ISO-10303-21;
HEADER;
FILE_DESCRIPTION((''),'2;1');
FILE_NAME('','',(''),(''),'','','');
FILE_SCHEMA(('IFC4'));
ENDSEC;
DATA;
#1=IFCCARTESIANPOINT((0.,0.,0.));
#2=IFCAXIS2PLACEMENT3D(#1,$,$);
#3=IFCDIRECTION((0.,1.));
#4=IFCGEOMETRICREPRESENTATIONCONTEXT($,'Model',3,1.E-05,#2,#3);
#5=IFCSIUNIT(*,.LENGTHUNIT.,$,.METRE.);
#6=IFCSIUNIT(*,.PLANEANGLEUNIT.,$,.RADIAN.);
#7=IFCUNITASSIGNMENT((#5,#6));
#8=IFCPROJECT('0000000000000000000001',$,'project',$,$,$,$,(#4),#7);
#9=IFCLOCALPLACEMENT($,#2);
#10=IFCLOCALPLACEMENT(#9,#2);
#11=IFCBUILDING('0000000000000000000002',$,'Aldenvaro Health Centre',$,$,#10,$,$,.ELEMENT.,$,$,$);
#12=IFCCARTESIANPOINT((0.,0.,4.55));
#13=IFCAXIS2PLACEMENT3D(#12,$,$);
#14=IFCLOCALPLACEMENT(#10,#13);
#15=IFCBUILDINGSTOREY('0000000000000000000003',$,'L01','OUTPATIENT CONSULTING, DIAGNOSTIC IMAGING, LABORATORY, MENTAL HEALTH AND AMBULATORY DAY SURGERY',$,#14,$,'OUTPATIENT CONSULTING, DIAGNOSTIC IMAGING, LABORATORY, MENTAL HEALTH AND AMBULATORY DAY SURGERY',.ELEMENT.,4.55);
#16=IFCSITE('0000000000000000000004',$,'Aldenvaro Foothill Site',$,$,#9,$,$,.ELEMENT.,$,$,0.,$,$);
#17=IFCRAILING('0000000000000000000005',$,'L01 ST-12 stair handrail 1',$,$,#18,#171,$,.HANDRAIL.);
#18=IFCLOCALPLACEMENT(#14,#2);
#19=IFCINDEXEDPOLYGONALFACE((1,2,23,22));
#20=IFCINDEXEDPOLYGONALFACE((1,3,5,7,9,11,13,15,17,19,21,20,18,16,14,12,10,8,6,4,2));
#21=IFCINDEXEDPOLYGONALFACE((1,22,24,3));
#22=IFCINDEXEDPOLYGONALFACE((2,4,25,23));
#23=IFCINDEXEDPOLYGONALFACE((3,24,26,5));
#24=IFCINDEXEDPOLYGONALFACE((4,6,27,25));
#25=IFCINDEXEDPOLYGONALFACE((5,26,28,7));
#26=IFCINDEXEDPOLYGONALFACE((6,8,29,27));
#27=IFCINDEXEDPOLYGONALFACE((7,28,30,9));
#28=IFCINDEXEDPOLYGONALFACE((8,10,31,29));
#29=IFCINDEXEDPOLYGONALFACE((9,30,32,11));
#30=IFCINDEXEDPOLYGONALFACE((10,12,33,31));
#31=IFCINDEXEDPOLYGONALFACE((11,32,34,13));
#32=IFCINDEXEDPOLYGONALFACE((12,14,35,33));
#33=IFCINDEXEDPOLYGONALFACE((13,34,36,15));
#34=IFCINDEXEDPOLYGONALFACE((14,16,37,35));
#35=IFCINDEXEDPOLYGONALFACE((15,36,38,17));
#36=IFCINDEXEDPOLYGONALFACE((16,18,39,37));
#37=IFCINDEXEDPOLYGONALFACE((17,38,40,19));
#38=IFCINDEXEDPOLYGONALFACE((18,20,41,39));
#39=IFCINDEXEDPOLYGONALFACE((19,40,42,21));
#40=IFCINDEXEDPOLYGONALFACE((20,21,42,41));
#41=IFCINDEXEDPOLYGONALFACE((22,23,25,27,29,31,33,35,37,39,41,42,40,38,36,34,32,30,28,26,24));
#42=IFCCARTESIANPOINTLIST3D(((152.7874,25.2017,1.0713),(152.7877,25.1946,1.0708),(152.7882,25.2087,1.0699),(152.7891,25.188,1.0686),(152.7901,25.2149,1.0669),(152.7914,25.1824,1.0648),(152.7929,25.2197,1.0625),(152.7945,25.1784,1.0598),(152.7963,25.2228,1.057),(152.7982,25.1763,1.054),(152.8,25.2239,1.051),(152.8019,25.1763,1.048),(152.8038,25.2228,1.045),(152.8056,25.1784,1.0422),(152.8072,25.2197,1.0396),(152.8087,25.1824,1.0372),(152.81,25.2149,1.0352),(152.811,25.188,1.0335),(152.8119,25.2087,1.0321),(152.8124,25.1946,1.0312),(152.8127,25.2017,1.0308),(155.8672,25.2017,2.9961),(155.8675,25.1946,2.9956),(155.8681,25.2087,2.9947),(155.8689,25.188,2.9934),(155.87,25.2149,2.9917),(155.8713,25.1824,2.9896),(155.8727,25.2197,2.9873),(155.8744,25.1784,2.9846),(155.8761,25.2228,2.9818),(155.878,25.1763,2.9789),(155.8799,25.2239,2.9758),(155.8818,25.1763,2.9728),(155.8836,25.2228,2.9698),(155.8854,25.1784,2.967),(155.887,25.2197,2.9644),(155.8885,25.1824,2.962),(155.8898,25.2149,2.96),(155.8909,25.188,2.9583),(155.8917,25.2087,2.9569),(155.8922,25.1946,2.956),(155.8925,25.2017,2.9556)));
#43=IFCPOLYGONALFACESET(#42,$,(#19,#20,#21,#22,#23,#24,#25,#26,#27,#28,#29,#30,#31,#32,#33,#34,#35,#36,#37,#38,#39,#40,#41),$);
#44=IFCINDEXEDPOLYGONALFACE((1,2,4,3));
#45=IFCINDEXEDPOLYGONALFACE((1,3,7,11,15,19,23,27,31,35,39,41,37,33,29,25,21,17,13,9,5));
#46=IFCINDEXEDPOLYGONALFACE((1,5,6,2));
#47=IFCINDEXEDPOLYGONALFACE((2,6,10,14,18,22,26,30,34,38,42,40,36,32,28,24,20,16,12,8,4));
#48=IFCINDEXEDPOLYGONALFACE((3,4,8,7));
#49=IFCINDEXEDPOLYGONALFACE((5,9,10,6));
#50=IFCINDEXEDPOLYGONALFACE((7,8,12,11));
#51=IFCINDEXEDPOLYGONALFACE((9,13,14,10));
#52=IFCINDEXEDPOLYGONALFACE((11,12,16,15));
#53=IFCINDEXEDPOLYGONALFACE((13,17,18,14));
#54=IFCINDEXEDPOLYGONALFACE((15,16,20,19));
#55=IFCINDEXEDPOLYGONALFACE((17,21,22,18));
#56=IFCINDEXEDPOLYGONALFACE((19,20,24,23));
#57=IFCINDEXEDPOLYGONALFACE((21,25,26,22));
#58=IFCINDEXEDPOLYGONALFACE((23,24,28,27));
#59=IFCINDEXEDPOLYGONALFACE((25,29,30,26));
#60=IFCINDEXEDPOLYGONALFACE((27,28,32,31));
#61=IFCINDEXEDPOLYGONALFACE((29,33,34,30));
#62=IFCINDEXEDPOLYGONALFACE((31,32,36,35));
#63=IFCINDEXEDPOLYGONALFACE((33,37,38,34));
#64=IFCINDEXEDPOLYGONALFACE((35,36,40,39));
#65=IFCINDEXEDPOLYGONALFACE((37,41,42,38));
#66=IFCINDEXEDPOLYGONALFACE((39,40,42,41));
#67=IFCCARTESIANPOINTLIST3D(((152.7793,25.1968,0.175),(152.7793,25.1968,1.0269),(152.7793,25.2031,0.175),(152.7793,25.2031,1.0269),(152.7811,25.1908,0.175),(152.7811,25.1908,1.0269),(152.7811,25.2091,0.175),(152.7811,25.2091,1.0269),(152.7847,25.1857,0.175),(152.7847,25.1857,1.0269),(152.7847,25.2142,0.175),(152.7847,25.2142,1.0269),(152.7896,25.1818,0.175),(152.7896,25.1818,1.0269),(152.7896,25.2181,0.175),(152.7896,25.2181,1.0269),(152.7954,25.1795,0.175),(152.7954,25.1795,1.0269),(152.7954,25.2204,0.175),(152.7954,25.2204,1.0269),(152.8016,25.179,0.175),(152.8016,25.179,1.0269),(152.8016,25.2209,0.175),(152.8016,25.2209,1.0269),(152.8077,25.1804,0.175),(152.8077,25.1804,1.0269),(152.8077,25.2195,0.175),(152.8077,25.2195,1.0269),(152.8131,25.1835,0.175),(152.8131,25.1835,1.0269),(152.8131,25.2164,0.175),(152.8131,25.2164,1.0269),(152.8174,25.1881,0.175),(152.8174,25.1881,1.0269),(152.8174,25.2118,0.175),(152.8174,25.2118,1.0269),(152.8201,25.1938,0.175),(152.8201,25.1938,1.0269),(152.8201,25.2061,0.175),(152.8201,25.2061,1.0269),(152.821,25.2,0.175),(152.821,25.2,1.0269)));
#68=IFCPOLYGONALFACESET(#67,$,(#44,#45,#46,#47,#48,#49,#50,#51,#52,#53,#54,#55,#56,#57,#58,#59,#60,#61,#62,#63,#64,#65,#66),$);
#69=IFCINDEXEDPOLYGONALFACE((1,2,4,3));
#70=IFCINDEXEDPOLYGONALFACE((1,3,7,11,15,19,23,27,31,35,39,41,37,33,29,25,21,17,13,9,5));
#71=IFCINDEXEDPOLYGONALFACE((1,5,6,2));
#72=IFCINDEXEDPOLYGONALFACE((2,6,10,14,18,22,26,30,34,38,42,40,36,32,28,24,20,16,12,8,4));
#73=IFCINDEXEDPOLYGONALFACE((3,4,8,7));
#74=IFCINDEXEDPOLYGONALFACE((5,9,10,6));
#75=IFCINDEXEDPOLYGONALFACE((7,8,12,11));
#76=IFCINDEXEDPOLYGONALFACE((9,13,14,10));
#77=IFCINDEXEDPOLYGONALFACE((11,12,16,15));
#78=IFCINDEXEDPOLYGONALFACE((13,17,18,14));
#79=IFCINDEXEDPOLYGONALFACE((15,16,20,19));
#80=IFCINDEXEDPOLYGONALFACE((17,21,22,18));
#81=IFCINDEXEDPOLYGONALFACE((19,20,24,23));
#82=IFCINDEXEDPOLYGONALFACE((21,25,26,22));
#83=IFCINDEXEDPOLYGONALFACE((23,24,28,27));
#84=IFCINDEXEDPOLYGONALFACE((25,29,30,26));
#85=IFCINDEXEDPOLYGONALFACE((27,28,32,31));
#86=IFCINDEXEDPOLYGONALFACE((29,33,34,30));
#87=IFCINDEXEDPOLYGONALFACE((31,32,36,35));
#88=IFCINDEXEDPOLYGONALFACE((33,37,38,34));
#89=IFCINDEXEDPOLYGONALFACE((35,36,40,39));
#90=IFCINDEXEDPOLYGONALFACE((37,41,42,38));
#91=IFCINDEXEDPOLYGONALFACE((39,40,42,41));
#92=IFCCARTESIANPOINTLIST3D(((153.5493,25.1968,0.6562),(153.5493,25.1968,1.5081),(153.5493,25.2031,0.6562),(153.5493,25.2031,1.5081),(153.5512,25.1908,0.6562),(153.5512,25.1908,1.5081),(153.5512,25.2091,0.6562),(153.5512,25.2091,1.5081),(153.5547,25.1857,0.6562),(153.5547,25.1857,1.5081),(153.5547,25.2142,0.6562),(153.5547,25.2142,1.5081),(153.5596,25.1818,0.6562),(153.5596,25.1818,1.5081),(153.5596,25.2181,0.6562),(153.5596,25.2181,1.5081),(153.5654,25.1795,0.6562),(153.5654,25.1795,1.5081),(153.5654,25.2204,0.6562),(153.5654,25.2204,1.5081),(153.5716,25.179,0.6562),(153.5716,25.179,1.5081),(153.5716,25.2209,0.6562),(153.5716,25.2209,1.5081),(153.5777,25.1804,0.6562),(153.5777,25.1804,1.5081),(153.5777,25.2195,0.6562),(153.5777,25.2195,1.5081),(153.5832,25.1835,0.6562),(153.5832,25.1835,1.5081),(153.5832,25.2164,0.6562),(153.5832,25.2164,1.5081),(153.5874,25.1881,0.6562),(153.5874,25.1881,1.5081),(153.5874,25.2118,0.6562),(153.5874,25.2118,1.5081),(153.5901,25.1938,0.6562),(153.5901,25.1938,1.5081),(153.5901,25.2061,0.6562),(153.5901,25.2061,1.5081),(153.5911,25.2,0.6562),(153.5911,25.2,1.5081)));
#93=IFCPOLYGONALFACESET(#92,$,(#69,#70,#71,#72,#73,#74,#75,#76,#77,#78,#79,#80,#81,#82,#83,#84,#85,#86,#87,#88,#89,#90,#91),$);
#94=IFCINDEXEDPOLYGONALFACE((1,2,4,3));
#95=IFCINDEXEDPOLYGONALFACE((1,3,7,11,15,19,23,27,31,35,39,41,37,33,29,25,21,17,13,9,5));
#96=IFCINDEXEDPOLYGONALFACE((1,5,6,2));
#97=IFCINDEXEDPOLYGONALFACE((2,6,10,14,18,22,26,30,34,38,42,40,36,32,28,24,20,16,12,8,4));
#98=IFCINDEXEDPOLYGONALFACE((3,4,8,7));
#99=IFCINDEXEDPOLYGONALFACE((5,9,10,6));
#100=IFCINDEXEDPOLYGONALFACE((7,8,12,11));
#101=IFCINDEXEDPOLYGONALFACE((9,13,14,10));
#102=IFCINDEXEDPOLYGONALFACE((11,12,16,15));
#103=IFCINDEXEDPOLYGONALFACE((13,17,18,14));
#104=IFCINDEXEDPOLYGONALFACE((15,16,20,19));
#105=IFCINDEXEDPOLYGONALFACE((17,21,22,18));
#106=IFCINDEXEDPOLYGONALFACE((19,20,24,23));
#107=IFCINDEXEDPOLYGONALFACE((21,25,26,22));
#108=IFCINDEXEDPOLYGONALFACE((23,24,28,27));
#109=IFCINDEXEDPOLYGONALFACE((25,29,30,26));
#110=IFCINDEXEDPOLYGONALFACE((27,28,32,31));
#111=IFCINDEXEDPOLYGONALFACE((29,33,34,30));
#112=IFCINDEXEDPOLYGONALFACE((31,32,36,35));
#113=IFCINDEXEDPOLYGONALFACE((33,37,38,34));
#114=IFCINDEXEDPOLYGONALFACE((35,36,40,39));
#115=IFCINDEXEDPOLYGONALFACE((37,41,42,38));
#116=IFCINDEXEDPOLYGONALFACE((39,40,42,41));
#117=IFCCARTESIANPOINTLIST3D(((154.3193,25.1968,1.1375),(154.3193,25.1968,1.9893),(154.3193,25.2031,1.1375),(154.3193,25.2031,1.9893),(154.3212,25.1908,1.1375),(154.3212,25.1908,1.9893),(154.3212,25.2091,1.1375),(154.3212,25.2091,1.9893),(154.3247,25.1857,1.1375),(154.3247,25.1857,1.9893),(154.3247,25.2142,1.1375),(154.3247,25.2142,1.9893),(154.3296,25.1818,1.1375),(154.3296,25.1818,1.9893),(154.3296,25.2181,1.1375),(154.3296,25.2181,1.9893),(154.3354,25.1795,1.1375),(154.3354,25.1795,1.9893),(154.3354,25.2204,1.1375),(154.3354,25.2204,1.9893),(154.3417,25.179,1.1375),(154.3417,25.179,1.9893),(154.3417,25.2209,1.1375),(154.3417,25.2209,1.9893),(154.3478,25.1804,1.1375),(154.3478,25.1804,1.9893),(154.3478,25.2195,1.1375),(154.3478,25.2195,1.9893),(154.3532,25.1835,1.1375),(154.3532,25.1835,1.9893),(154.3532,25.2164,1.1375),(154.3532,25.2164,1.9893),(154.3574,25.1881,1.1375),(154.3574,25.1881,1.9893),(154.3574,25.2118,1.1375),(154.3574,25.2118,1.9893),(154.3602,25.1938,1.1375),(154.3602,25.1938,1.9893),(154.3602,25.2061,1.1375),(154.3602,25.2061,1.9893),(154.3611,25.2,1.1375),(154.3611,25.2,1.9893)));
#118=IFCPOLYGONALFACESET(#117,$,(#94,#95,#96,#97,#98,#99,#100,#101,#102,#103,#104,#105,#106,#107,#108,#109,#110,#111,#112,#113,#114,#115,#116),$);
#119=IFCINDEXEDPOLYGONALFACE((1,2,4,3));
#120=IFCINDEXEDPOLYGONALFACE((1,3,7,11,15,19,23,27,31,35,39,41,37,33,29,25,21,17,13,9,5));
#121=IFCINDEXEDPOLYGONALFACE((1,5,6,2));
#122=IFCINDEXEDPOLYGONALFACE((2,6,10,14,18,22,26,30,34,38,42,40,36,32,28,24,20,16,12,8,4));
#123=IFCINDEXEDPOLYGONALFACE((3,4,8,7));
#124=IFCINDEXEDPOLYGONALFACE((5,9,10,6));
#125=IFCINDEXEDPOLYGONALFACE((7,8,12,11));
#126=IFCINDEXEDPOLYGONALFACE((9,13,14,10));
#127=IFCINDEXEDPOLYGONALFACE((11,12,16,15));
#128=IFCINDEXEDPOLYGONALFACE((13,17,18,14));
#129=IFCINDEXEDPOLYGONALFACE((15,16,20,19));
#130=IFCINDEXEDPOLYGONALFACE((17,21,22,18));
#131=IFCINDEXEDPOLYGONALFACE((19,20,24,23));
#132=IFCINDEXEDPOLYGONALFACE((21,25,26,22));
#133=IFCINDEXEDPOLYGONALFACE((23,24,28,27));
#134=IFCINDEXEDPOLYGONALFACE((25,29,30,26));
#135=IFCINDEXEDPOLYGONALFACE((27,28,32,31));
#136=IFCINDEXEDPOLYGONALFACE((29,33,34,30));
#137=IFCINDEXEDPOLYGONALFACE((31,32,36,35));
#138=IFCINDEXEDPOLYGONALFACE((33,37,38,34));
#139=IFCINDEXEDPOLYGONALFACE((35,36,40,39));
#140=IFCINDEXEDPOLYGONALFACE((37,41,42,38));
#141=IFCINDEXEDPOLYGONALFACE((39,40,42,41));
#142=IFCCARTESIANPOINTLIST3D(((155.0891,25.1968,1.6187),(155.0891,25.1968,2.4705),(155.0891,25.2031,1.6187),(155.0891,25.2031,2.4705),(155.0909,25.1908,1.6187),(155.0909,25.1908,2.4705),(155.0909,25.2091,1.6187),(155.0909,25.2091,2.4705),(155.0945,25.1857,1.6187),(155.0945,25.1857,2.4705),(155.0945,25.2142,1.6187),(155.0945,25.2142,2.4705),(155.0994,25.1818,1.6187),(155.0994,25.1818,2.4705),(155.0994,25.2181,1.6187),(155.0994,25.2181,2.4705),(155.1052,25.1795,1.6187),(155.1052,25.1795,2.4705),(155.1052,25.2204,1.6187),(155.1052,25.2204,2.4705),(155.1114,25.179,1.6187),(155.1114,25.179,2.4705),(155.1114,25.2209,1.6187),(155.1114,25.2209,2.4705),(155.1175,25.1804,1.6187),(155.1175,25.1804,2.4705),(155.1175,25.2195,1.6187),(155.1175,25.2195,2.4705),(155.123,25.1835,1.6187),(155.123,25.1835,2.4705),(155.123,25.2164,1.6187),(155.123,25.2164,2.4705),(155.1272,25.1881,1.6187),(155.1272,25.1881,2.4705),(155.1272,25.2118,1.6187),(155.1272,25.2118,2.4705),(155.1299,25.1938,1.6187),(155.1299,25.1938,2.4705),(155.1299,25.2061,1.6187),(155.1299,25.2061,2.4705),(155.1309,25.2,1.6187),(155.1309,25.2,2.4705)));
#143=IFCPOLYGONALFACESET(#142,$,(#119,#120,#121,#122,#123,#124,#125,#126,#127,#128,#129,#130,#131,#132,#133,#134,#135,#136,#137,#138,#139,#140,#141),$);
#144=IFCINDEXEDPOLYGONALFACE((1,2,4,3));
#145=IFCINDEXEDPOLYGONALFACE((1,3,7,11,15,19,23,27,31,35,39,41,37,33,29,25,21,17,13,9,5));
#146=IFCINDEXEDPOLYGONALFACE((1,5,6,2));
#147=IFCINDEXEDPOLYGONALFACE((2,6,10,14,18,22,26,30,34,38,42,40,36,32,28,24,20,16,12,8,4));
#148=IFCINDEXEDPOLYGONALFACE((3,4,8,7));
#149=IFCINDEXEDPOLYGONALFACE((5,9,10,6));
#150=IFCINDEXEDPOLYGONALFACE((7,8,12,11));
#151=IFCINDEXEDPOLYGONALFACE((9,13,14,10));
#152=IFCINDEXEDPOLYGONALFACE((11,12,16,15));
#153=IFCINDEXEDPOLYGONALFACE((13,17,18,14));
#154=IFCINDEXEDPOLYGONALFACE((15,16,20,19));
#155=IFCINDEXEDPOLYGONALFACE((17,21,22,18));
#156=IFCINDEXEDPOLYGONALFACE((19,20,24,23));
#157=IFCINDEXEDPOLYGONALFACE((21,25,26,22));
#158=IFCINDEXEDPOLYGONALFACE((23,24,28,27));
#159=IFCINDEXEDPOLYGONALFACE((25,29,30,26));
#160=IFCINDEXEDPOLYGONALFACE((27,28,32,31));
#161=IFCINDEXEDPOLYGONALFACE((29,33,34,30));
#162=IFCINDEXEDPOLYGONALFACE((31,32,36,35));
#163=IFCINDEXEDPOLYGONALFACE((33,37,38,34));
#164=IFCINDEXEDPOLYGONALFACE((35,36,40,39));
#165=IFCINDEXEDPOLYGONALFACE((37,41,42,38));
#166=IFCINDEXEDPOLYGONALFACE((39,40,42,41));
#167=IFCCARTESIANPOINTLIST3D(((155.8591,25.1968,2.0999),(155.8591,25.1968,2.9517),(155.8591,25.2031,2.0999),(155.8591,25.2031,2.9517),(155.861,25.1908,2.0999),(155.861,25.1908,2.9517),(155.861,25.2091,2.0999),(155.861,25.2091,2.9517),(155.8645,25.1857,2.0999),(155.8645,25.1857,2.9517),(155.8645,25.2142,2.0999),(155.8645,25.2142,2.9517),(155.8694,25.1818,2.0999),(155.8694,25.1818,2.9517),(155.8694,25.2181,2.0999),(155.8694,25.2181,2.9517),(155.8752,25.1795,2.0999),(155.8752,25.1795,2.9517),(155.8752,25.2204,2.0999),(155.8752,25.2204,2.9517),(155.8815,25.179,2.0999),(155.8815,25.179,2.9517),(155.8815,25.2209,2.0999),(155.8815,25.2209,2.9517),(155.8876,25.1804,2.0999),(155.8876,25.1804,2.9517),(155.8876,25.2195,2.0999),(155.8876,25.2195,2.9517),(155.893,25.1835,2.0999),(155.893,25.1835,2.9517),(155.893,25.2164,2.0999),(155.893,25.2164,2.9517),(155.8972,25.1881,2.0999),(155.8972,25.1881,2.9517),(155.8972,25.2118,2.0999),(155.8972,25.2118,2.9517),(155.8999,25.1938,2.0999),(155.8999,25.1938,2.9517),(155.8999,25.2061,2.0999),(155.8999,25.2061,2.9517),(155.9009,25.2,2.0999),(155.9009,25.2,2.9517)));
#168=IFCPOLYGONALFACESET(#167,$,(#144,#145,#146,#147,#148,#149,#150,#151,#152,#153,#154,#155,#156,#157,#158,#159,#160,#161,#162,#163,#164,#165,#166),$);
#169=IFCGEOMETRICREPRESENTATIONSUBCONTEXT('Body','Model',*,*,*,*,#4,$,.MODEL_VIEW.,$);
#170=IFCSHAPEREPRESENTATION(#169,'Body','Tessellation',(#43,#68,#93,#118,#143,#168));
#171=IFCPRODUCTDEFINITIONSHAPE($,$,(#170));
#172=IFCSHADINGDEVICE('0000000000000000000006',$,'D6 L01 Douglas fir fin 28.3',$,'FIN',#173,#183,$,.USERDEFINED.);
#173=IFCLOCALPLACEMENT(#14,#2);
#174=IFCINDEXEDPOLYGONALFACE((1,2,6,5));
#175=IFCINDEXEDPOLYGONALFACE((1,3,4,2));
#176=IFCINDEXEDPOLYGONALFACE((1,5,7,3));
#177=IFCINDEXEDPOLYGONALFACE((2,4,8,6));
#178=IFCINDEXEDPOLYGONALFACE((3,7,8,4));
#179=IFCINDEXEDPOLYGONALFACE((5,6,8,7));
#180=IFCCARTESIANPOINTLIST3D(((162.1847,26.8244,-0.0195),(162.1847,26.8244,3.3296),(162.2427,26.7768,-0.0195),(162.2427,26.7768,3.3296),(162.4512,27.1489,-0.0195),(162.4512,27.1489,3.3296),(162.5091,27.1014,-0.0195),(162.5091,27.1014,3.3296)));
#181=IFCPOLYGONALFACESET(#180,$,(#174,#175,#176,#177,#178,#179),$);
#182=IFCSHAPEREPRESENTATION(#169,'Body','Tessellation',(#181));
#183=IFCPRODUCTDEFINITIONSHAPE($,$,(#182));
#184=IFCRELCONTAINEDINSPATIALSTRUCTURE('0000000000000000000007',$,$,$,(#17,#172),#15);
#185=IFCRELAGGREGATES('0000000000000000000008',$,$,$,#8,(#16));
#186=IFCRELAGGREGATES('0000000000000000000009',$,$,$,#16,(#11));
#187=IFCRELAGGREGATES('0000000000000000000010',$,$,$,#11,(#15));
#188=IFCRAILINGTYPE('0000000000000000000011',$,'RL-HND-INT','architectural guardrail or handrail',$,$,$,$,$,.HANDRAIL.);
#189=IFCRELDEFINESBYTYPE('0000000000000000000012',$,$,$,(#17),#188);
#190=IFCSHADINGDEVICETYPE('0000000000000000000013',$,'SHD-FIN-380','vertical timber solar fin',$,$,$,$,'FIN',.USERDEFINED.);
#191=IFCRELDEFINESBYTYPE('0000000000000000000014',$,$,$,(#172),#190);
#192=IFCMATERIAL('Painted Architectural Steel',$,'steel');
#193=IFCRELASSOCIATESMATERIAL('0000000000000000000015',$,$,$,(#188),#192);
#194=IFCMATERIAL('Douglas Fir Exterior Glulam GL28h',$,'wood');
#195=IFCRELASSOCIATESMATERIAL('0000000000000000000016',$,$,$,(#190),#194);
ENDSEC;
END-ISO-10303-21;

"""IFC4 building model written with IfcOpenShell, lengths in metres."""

from ifc_helpers import new_model, si_unit, direction, frame, origin, origin_2d, place, context, subcontext, project, spatial, rectangle, circle, extrude, material, type_object, element, save


model = new_model("IFC4")

# Units and contexts
model_context = context("Model", 3, precision=1e-05, world=origin(), true_north=direction((0.0, 1.0)))
body_context = subcontext(model_context, "Body", "Model", "MODEL_VIEW")
ifc_project = project(units=[si_unit("LENGTHUNIT", "METRE"), si_unit("PLANEANGLEUNIT", "RADIAN")], contexts=[model_context])

# Site, building, storey
site_placement = place(None, origin())
site = spatial("IfcSite", under=ifc_project, at=site_placement, Name="Aldenvaro Foothill Site", CompositionType="ELEMENT", RefElevation=0.0)
building_placement = place(site_placement, origin())
building = spatial("IfcBuilding", under=site, at=building_placement, Name="Aldenvaro Health Centre", CompositionType="ELEMENT")
storey_placement = place(building_placement, frame((0.0, 0.0, 4.55)))
storey = spatial("IfcBuildingStorey", under=building, at=storey_placement, Name="L01", Description="OUTPATIENT CONSULTING, DIAGNOSTIC IMAGING, LABORATORY, MENTAL HEALTH AND AMBULATORY DAY SURGERY", LongName="OUTPATIENT CONSULTING, DIAGNOSTIC IMAGING, LABORATORY, MENTAL HEALTH AND AMBULATORY DAY SURGERY", CompositionType="ELEMENT", Elevation=4.55)

# Railing
ifc_material_1 = material(Name="Painted Architectural Steel", Category="steel")
railing_type_1 = type_object("IfcRailingType", Name="RL-HND-INT", Description="architectural guardrail or handrail", PredefinedType="HANDRAIL", material=ifc_material_1)
railing_1_placement = place(storey_placement, frame((152.8, 25.2, 0.175)))
element("IfcRailing", 1, at=railing_1_placement, inside=storey, type_object=railing_type_1, Name="L01 ST-12 stair handrail 1", PredefinedType="HANDRAIL", context=body_context, shape_type="SweptSolid", body=[
    extrude(circle(Radius=0.0239, at=origin_2d()), frame((0.0, 0.0, 0.876), z_axis=(0.84801, 0.0, 0.529981), x_axis=(0.0, 1.0, 0.0)), (0.0, 0.0, 1.0), 3.6318),
    extrude(circle(Radius=0.021, at=origin_2d()), origin(), (0.0, 0.0, 1.0), 0.8518),
    extrude(circle(Radius=0.021, at=origin_2d()), frame((0.77, 0.0, 0.4812)), (0.0, 0.0, 1.0), 0.8518),
    extrude(circle(Radius=0.021, at=origin_2d()), frame((1.54, 0.0, 0.9624)), (0.0, 0.0, 1.0), 0.8518),
    extrude(circle(Radius=0.021, at=origin_2d()), frame((2.3098, 0.0, 1.4436)), (0.0, 0.0, 1.0), 0.8518),
    extrude(circle(Radius=0.021, at=origin_2d()), frame((3.0798, 0.0, 1.9248)), (0.0, 0.0, 1.0), 0.8518),
])

# Shading device
ifc_material_2 = material(Name="Douglas Fir Exterior Glulam GL28h", Category="wood")
shading_device_type = type_object("IfcShadingDeviceType", Name="SHD-FIN-380", Description="vertical timber solar fin", ElementType="FIN", PredefinedType="USERDEFINED", material=ifc_material_2)
shading_device_placement = place(storey_placement, frame((162.3469, 26.9629, -0.0195), z_axis=(0.0, 0.0, 1.0), x_axis=(0.77286, -0.634577, 0.0)))
element("IfcShadingDevice", 2, at=shading_device_placement, inside=storey, type_object=shading_device_type, Name="D6 L01 Douglas fir fin 28.3", ObjectType="FIN", PredefinedType="USERDEFINED", context=body_context, shape_type="SweptSolid", body=[
    extrude(rectangle(XDim=0.075, YDim=0.4199, at=origin_2d()), origin(), (0.0, 0.0, 1.0), 3.3491),
])

save(model, "model.ifc")
